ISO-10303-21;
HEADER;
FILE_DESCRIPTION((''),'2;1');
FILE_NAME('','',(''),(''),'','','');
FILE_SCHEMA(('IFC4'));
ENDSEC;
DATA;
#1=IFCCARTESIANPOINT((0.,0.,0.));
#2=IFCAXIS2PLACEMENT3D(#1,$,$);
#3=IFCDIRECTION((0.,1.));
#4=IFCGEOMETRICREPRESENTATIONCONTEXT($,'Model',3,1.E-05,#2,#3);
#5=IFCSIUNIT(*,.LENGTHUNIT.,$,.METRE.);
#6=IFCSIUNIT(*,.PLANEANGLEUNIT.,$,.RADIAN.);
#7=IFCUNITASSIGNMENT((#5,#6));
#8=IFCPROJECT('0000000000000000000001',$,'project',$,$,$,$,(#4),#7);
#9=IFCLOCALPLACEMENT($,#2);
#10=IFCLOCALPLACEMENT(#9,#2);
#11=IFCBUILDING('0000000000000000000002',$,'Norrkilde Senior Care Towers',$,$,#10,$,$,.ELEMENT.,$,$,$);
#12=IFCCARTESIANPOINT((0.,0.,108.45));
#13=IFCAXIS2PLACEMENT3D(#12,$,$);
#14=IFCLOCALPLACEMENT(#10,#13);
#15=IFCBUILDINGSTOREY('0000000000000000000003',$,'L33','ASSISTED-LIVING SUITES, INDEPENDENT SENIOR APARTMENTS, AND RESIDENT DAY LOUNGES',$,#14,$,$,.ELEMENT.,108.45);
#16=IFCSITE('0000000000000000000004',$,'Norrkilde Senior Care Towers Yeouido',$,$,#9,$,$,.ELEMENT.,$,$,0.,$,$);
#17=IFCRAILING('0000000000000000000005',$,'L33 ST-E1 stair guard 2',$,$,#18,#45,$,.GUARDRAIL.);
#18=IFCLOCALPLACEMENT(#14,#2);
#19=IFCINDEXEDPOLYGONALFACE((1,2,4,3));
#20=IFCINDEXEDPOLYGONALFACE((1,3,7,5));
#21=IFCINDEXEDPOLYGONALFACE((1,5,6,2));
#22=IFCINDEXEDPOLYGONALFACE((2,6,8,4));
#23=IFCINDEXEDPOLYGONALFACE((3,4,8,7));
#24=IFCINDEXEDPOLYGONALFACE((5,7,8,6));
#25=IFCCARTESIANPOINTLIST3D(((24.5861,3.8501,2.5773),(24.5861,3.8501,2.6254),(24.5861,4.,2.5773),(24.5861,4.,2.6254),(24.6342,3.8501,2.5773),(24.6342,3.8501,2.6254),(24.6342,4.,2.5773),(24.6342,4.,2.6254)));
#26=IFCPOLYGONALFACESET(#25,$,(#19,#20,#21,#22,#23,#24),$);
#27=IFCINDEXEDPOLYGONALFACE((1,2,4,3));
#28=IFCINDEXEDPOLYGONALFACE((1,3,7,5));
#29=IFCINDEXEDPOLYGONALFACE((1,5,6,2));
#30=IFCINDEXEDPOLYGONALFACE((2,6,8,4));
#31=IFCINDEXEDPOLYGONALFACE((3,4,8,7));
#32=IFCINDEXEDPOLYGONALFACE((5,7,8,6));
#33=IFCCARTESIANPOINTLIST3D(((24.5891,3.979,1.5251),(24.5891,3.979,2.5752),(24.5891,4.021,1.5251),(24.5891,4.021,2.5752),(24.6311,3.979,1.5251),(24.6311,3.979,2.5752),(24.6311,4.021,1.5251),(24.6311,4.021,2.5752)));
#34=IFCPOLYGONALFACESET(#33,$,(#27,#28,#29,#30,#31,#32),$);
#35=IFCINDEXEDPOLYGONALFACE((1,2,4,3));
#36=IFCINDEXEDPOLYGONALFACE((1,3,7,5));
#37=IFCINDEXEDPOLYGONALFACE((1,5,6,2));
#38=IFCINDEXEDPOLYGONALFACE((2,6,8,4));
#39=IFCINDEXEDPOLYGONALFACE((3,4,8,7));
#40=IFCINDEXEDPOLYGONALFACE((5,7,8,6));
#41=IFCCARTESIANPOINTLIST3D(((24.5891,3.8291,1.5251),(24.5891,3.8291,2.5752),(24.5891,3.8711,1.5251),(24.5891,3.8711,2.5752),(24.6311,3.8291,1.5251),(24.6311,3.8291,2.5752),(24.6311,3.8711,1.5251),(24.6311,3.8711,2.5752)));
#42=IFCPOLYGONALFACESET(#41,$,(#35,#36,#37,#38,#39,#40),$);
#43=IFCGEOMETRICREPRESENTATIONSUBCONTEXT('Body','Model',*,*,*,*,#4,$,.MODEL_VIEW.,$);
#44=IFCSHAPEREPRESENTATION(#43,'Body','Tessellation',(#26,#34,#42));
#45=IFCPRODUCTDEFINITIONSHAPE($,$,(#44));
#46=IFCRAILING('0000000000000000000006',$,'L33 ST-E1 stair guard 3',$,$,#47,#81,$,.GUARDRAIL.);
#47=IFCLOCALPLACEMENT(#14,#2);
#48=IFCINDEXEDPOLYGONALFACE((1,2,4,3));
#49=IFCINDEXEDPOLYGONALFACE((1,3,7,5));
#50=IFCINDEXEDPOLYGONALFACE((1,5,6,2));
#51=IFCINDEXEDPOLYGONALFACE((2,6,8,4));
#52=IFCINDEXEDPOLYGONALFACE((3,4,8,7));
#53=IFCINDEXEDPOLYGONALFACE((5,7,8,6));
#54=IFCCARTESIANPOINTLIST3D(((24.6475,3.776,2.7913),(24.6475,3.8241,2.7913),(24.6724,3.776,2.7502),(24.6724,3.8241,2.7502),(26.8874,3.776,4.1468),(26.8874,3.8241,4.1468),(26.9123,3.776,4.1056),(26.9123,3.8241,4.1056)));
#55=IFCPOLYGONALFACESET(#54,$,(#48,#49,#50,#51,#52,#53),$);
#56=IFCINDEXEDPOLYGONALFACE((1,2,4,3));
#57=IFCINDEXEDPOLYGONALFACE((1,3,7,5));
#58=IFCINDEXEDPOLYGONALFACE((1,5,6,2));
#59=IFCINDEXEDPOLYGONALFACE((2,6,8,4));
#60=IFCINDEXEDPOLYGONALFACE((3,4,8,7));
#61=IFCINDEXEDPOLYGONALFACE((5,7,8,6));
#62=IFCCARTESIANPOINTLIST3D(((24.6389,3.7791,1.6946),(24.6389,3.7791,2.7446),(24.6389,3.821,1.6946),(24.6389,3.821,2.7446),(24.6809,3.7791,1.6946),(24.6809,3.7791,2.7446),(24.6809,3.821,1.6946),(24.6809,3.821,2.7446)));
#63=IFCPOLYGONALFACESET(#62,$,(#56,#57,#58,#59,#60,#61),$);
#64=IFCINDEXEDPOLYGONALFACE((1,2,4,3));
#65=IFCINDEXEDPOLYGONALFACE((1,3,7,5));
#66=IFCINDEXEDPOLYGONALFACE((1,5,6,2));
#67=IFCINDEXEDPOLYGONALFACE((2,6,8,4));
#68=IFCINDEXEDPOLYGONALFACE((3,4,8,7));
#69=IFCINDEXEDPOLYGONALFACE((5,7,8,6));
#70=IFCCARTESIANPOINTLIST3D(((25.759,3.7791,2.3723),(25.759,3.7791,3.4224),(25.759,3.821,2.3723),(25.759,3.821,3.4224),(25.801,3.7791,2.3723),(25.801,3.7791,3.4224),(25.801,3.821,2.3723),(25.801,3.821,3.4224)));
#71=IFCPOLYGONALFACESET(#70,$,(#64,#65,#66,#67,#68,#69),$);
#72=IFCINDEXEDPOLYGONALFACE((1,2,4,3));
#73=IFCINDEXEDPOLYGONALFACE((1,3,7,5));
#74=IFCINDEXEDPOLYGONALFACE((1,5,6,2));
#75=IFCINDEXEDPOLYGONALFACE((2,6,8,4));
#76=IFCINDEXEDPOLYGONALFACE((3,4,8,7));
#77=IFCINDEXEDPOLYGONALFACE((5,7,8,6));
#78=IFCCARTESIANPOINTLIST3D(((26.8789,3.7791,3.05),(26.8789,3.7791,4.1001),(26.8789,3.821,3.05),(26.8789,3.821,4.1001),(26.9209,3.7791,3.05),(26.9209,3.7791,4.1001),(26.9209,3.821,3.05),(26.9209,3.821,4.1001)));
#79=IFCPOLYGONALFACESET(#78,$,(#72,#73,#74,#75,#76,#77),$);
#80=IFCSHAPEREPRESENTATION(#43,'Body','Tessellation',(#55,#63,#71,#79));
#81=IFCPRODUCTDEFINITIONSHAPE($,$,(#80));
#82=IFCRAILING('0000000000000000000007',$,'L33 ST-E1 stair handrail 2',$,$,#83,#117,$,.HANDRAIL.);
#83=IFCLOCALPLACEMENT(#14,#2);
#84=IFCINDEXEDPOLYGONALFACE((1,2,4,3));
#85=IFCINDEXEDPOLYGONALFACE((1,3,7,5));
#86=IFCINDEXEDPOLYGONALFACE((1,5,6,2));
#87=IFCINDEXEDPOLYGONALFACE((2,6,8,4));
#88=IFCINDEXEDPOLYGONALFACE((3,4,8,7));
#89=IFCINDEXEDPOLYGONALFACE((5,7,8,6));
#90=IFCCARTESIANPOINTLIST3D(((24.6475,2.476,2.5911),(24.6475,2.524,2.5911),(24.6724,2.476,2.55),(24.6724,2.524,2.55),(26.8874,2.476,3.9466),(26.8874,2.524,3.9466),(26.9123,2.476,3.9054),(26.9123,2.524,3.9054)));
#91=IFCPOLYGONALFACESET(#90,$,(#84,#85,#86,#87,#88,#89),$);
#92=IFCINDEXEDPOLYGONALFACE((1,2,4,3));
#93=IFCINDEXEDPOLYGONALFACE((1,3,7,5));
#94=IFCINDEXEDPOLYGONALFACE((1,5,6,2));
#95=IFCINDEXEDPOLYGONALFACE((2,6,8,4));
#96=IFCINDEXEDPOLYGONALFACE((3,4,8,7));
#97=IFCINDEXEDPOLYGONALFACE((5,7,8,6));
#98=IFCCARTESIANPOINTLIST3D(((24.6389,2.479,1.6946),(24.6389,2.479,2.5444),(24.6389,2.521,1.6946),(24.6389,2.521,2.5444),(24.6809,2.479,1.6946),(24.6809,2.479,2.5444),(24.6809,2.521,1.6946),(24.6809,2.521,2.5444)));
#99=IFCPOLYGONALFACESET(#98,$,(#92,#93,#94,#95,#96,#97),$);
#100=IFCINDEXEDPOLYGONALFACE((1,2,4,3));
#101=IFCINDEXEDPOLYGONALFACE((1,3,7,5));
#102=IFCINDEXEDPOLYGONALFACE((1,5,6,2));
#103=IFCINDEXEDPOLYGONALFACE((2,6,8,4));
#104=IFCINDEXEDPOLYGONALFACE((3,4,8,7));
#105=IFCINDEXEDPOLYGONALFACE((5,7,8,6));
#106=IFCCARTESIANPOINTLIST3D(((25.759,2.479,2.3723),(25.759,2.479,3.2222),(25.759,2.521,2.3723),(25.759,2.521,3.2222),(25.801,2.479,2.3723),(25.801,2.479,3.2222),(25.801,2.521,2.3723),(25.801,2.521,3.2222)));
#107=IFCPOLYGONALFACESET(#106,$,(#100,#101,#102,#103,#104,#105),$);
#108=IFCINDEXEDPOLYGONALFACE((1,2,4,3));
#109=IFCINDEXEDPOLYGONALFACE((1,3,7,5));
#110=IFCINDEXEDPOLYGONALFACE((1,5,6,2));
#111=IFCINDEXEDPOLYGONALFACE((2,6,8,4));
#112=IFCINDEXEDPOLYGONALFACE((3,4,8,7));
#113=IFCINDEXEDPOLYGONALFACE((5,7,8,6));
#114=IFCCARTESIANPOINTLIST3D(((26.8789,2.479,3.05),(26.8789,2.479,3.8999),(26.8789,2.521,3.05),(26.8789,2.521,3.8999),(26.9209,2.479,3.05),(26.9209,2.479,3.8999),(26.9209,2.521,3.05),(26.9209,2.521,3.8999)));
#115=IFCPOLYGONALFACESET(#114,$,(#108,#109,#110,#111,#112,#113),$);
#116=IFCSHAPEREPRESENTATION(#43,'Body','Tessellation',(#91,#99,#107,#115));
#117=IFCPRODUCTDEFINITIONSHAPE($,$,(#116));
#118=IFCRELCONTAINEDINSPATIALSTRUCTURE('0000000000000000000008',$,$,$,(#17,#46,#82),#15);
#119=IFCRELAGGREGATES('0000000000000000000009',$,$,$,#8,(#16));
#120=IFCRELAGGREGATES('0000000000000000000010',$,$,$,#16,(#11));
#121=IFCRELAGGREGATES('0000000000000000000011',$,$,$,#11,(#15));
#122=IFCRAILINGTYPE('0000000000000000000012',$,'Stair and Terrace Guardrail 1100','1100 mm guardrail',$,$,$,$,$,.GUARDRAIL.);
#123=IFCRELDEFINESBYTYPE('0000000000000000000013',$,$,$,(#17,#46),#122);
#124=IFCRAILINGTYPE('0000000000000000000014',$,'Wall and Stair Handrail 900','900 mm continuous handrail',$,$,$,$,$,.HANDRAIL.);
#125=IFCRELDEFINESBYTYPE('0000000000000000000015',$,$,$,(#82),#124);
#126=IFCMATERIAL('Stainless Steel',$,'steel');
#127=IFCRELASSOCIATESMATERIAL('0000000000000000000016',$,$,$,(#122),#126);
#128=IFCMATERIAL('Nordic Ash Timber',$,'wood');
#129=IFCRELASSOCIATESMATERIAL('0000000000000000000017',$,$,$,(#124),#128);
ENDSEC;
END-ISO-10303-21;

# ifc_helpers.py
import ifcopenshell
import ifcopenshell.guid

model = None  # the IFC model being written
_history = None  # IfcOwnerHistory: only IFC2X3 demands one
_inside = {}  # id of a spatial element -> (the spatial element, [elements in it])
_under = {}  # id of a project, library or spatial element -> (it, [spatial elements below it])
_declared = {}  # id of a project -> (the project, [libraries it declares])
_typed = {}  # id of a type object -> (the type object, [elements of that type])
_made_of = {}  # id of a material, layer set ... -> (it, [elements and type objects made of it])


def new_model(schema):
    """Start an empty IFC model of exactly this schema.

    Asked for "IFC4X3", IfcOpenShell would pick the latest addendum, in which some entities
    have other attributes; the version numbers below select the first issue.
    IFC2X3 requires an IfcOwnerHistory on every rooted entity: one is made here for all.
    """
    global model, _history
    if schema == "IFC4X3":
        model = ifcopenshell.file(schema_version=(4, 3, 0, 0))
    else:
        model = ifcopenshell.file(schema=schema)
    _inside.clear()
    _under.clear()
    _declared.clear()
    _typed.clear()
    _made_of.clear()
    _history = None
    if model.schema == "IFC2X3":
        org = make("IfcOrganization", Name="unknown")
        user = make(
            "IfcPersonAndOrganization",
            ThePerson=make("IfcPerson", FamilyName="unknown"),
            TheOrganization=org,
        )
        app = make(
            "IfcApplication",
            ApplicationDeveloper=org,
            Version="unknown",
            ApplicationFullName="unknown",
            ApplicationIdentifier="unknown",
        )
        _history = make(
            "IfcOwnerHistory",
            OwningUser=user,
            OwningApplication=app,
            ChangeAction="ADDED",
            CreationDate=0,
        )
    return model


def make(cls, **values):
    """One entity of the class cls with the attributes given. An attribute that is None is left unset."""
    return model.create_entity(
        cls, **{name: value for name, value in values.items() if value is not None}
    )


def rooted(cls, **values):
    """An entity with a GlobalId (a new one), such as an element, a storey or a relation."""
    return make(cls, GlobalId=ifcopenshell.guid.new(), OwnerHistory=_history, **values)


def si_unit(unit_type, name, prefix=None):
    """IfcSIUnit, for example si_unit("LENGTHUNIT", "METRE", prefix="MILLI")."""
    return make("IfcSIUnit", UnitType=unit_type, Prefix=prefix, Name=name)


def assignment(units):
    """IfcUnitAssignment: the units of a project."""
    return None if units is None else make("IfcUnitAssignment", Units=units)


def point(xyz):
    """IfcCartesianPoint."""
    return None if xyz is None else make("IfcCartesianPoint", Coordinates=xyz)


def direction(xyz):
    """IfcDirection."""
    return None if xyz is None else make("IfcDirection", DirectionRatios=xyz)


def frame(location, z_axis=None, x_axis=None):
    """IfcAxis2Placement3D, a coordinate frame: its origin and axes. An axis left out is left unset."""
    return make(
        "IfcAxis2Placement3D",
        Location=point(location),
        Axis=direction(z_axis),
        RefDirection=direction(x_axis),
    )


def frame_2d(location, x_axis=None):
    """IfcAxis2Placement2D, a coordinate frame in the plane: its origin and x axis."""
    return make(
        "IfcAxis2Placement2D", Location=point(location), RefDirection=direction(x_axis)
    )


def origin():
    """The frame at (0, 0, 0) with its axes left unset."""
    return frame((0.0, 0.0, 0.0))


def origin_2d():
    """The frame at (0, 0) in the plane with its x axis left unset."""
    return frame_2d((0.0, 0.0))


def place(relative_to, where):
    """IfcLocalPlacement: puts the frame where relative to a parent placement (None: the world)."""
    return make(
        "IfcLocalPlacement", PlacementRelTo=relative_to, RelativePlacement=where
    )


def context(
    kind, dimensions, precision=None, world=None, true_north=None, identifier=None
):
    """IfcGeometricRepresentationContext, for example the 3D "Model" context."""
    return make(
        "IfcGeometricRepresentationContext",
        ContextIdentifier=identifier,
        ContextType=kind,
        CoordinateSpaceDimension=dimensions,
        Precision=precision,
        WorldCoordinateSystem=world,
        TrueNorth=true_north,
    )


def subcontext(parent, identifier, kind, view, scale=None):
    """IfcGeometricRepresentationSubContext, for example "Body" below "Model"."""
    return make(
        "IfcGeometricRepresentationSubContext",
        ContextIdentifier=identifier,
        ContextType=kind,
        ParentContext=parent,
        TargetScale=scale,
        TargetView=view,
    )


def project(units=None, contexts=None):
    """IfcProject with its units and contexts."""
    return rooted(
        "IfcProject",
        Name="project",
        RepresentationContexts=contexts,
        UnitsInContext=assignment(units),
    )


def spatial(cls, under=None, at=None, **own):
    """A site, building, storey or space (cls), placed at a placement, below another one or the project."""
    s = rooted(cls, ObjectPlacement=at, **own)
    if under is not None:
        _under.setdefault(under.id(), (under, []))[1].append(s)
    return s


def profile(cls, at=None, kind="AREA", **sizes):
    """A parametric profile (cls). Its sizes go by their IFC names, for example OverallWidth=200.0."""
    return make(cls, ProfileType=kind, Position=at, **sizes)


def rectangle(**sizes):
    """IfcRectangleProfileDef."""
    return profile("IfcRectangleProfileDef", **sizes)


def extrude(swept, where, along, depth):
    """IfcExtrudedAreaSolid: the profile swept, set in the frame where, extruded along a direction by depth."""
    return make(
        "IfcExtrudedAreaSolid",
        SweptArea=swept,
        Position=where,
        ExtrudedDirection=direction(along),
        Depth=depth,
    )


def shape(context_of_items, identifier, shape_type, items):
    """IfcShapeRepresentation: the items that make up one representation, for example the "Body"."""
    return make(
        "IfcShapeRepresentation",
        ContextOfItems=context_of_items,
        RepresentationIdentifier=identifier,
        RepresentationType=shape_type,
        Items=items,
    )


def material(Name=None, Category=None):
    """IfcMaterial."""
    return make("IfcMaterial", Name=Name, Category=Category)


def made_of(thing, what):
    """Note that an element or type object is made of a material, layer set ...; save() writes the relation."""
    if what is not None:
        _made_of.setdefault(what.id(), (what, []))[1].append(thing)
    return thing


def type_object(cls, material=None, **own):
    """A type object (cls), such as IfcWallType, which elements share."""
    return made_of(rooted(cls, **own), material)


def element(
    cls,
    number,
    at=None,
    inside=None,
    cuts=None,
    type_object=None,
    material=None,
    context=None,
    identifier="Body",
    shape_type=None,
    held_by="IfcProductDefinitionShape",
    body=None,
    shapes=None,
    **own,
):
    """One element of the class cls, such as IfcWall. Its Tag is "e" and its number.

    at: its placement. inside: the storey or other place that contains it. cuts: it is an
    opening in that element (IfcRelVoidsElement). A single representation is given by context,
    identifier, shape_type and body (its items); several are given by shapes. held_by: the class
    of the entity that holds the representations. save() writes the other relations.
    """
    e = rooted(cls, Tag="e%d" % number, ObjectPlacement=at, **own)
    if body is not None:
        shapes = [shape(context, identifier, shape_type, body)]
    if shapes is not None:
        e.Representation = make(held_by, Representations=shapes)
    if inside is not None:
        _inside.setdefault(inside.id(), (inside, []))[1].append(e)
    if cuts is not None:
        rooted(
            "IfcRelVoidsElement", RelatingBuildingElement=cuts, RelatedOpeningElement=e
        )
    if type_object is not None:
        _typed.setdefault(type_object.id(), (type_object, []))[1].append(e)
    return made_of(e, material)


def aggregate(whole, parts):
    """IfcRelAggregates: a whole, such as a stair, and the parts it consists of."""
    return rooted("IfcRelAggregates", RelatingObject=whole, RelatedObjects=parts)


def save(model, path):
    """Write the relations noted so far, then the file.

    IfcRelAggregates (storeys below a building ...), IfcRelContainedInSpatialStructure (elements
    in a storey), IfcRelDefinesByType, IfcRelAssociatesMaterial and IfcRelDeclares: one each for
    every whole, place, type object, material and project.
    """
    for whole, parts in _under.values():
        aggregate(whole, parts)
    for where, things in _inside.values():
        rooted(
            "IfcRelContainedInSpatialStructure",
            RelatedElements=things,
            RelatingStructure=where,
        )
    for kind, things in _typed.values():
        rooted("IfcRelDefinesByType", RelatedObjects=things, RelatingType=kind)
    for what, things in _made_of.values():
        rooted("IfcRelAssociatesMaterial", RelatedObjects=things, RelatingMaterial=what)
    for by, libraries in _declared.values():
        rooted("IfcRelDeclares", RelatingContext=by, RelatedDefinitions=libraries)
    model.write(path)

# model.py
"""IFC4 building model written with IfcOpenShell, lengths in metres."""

from ifc_helpers import new_model, si_unit, direction, frame, origin, origin_2d, place, context, subcontext, project, spatial, rectangle, extrude, material, type_object, element, save


model = new_model("IFC4")

# Units and contexts
model_context = context("Model", 3, precision=1e-05, world=origin(), true_north=direction((0.0, 1.0)))
body_context = subcontext(model_context, "Body", "Model", "MODEL_VIEW")
ifc_project = project(units=[si_unit("LENGTHUNIT", "METRE"), si_unit("PLANEANGLEUNIT", "RADIAN")], contexts=[model_context])

# Site, building, storey
site_placement = place(None, origin())
site = spatial("IfcSite", under=ifc_project, at=site_placement, Name="Norrkilde Senior Care Towers Yeouido", CompositionType="ELEMENT", RefElevation=0.0)
building_placement = place(site_placement, origin())
building = spatial("IfcBuilding", under=site, at=building_placement, Name="Norrkilde Senior Care Towers", CompositionType="ELEMENT")
storey_placement = place(building_placement, frame((0.0, 0.0, 108.45)))
storey = spatial("IfcBuildingStorey", under=building, at=storey_placement, Name="L33", Description="ASSISTED-LIVING SUITES, INDEPENDENT SENIOR APARTMENTS, AND RESIDENT DAY LOUNGES", CompositionType="ELEMENT", Elevation=108.45)

# Shared definitions
ifc_material_1 = material(Name="Nordic Ash Timber", Category="wood")

# Railings
ifc_material_2 = material(Name="Stainless Steel", Category="steel")
railing_type_1 = type_object("IfcRailingType", Name="Stair and Terrace Guardrail 1100", Description="1100 mm guardrail", PredefinedType="GUARDRAIL", material=ifc_material_2)
railing_1_placement = place(storey_placement, frame((24.6101, 4.0, 1.5251)))
element("IfcRailing", 1, at=railing_1_placement, inside=storey, type_object=railing_type_1, Name="L33 ST-E1 stair guard 2", PredefinedType="GUARDRAIL", context=body_context, shape_type="SweptSolid", body=[
    extrude(rectangle(XDim=0.0481, YDim=0.0481, at=origin_2d()), frame((0.0, 0.0, 1.0762), z_axis=(0.0, -1.0, 0.0), x_axis=(1.0, 0.0, 0.0)), (0.0, 0.0, 1.0), 0.1499),
    extrude(rectangle(XDim=0.042, YDim=0.042, at=origin_2d()), origin(), (0.0, 0.0, 1.0), 1.05),
    extrude(rectangle(XDim=0.042, YDim=0.042, at=origin_2d()), frame((0.0, -0.1499, 0.0)), (0.0, 0.0, 1.0), 1.05),
])
railing_2_placement = place(storey_placement, frame((24.6599, 3.8, 1.6946)))
element("IfcRailing", 2, at=railing_2_placement, inside=storey, type_object=railing_type_1, Name="L33 ST-E1 stair guard 3", PredefinedType="GUARDRAIL", context=body_context, shape_type="SweptSolid", body=[
    extrude(rectangle(XDim=0.0481, YDim=0.0481, at=origin_2d()), frame((0.0, 0.0, 1.0762), z_axis=(0.855553, 0.0, 0.517715), x_axis=(0.0, 1.0, 0.0)), (0.0, 0.0, 1.0), 2.6182),
    extrude(rectangle(XDim=0.042, YDim=0.042, at=origin_2d()), origin(), (0.0, 0.0, 1.0), 1.05),
    extrude(rectangle(XDim=0.042, YDim=0.042, at=origin_2d()), frame((1.1201, 0.0, 0.6777)), (0.0, 0.0, 1.0), 1.05),
    extrude(rectangle(XDim=0.042, YDim=0.042, at=origin_2d()), frame((2.24, 0.0, 1.3555)), (0.0, 0.0, 1.0), 1.05),
])
railing_type_2 = type_object("IfcRailingType", Name="Wall and Stair Handrail 900", Description="900 mm continuous handrail", PredefinedType="HANDRAIL", material=ifc_material_1)
railing_3_placement = place(storey_placement, frame((24.6599, 2.5, 1.6946)))
element("IfcRailing", 3, at=railing_3_placement, inside=storey, type_object=railing_type_2, Name="L33 ST-E1 stair handrail 2", PredefinedType="HANDRAIL", context=body_context, shape_type="SweptSolid", body=[
    extrude(rectangle(XDim=0.0481, YDim=0.0481, at=origin_2d()), frame((0.0, 0.0, 0.876), z_axis=(0.855553, 0.0, 0.517715), x_axis=(0.0, 1.0, 0.0)), (0.0, 0.0, 1.0), 2.6182),
    extrude(rectangle(XDim=0.042, YDim=0.042, at=origin_2d()), origin(), (0.0, 0.0, 1.0), 0.8499),
    extrude(rectangle(XDim=0.042, YDim=0.042, at=origin_2d()), frame((1.1201, 0.0, 0.6777)), (0.0, 0.0, 1.0), 0.8499),
    extrude(rectangle(XDim=0.042, YDim=0.042, at=origin_2d()), frame((2.24, 0.0, 1.3555)), (0.0, 0.0, 1.0), 0.8499),
])

save(model, "model.ifc")
